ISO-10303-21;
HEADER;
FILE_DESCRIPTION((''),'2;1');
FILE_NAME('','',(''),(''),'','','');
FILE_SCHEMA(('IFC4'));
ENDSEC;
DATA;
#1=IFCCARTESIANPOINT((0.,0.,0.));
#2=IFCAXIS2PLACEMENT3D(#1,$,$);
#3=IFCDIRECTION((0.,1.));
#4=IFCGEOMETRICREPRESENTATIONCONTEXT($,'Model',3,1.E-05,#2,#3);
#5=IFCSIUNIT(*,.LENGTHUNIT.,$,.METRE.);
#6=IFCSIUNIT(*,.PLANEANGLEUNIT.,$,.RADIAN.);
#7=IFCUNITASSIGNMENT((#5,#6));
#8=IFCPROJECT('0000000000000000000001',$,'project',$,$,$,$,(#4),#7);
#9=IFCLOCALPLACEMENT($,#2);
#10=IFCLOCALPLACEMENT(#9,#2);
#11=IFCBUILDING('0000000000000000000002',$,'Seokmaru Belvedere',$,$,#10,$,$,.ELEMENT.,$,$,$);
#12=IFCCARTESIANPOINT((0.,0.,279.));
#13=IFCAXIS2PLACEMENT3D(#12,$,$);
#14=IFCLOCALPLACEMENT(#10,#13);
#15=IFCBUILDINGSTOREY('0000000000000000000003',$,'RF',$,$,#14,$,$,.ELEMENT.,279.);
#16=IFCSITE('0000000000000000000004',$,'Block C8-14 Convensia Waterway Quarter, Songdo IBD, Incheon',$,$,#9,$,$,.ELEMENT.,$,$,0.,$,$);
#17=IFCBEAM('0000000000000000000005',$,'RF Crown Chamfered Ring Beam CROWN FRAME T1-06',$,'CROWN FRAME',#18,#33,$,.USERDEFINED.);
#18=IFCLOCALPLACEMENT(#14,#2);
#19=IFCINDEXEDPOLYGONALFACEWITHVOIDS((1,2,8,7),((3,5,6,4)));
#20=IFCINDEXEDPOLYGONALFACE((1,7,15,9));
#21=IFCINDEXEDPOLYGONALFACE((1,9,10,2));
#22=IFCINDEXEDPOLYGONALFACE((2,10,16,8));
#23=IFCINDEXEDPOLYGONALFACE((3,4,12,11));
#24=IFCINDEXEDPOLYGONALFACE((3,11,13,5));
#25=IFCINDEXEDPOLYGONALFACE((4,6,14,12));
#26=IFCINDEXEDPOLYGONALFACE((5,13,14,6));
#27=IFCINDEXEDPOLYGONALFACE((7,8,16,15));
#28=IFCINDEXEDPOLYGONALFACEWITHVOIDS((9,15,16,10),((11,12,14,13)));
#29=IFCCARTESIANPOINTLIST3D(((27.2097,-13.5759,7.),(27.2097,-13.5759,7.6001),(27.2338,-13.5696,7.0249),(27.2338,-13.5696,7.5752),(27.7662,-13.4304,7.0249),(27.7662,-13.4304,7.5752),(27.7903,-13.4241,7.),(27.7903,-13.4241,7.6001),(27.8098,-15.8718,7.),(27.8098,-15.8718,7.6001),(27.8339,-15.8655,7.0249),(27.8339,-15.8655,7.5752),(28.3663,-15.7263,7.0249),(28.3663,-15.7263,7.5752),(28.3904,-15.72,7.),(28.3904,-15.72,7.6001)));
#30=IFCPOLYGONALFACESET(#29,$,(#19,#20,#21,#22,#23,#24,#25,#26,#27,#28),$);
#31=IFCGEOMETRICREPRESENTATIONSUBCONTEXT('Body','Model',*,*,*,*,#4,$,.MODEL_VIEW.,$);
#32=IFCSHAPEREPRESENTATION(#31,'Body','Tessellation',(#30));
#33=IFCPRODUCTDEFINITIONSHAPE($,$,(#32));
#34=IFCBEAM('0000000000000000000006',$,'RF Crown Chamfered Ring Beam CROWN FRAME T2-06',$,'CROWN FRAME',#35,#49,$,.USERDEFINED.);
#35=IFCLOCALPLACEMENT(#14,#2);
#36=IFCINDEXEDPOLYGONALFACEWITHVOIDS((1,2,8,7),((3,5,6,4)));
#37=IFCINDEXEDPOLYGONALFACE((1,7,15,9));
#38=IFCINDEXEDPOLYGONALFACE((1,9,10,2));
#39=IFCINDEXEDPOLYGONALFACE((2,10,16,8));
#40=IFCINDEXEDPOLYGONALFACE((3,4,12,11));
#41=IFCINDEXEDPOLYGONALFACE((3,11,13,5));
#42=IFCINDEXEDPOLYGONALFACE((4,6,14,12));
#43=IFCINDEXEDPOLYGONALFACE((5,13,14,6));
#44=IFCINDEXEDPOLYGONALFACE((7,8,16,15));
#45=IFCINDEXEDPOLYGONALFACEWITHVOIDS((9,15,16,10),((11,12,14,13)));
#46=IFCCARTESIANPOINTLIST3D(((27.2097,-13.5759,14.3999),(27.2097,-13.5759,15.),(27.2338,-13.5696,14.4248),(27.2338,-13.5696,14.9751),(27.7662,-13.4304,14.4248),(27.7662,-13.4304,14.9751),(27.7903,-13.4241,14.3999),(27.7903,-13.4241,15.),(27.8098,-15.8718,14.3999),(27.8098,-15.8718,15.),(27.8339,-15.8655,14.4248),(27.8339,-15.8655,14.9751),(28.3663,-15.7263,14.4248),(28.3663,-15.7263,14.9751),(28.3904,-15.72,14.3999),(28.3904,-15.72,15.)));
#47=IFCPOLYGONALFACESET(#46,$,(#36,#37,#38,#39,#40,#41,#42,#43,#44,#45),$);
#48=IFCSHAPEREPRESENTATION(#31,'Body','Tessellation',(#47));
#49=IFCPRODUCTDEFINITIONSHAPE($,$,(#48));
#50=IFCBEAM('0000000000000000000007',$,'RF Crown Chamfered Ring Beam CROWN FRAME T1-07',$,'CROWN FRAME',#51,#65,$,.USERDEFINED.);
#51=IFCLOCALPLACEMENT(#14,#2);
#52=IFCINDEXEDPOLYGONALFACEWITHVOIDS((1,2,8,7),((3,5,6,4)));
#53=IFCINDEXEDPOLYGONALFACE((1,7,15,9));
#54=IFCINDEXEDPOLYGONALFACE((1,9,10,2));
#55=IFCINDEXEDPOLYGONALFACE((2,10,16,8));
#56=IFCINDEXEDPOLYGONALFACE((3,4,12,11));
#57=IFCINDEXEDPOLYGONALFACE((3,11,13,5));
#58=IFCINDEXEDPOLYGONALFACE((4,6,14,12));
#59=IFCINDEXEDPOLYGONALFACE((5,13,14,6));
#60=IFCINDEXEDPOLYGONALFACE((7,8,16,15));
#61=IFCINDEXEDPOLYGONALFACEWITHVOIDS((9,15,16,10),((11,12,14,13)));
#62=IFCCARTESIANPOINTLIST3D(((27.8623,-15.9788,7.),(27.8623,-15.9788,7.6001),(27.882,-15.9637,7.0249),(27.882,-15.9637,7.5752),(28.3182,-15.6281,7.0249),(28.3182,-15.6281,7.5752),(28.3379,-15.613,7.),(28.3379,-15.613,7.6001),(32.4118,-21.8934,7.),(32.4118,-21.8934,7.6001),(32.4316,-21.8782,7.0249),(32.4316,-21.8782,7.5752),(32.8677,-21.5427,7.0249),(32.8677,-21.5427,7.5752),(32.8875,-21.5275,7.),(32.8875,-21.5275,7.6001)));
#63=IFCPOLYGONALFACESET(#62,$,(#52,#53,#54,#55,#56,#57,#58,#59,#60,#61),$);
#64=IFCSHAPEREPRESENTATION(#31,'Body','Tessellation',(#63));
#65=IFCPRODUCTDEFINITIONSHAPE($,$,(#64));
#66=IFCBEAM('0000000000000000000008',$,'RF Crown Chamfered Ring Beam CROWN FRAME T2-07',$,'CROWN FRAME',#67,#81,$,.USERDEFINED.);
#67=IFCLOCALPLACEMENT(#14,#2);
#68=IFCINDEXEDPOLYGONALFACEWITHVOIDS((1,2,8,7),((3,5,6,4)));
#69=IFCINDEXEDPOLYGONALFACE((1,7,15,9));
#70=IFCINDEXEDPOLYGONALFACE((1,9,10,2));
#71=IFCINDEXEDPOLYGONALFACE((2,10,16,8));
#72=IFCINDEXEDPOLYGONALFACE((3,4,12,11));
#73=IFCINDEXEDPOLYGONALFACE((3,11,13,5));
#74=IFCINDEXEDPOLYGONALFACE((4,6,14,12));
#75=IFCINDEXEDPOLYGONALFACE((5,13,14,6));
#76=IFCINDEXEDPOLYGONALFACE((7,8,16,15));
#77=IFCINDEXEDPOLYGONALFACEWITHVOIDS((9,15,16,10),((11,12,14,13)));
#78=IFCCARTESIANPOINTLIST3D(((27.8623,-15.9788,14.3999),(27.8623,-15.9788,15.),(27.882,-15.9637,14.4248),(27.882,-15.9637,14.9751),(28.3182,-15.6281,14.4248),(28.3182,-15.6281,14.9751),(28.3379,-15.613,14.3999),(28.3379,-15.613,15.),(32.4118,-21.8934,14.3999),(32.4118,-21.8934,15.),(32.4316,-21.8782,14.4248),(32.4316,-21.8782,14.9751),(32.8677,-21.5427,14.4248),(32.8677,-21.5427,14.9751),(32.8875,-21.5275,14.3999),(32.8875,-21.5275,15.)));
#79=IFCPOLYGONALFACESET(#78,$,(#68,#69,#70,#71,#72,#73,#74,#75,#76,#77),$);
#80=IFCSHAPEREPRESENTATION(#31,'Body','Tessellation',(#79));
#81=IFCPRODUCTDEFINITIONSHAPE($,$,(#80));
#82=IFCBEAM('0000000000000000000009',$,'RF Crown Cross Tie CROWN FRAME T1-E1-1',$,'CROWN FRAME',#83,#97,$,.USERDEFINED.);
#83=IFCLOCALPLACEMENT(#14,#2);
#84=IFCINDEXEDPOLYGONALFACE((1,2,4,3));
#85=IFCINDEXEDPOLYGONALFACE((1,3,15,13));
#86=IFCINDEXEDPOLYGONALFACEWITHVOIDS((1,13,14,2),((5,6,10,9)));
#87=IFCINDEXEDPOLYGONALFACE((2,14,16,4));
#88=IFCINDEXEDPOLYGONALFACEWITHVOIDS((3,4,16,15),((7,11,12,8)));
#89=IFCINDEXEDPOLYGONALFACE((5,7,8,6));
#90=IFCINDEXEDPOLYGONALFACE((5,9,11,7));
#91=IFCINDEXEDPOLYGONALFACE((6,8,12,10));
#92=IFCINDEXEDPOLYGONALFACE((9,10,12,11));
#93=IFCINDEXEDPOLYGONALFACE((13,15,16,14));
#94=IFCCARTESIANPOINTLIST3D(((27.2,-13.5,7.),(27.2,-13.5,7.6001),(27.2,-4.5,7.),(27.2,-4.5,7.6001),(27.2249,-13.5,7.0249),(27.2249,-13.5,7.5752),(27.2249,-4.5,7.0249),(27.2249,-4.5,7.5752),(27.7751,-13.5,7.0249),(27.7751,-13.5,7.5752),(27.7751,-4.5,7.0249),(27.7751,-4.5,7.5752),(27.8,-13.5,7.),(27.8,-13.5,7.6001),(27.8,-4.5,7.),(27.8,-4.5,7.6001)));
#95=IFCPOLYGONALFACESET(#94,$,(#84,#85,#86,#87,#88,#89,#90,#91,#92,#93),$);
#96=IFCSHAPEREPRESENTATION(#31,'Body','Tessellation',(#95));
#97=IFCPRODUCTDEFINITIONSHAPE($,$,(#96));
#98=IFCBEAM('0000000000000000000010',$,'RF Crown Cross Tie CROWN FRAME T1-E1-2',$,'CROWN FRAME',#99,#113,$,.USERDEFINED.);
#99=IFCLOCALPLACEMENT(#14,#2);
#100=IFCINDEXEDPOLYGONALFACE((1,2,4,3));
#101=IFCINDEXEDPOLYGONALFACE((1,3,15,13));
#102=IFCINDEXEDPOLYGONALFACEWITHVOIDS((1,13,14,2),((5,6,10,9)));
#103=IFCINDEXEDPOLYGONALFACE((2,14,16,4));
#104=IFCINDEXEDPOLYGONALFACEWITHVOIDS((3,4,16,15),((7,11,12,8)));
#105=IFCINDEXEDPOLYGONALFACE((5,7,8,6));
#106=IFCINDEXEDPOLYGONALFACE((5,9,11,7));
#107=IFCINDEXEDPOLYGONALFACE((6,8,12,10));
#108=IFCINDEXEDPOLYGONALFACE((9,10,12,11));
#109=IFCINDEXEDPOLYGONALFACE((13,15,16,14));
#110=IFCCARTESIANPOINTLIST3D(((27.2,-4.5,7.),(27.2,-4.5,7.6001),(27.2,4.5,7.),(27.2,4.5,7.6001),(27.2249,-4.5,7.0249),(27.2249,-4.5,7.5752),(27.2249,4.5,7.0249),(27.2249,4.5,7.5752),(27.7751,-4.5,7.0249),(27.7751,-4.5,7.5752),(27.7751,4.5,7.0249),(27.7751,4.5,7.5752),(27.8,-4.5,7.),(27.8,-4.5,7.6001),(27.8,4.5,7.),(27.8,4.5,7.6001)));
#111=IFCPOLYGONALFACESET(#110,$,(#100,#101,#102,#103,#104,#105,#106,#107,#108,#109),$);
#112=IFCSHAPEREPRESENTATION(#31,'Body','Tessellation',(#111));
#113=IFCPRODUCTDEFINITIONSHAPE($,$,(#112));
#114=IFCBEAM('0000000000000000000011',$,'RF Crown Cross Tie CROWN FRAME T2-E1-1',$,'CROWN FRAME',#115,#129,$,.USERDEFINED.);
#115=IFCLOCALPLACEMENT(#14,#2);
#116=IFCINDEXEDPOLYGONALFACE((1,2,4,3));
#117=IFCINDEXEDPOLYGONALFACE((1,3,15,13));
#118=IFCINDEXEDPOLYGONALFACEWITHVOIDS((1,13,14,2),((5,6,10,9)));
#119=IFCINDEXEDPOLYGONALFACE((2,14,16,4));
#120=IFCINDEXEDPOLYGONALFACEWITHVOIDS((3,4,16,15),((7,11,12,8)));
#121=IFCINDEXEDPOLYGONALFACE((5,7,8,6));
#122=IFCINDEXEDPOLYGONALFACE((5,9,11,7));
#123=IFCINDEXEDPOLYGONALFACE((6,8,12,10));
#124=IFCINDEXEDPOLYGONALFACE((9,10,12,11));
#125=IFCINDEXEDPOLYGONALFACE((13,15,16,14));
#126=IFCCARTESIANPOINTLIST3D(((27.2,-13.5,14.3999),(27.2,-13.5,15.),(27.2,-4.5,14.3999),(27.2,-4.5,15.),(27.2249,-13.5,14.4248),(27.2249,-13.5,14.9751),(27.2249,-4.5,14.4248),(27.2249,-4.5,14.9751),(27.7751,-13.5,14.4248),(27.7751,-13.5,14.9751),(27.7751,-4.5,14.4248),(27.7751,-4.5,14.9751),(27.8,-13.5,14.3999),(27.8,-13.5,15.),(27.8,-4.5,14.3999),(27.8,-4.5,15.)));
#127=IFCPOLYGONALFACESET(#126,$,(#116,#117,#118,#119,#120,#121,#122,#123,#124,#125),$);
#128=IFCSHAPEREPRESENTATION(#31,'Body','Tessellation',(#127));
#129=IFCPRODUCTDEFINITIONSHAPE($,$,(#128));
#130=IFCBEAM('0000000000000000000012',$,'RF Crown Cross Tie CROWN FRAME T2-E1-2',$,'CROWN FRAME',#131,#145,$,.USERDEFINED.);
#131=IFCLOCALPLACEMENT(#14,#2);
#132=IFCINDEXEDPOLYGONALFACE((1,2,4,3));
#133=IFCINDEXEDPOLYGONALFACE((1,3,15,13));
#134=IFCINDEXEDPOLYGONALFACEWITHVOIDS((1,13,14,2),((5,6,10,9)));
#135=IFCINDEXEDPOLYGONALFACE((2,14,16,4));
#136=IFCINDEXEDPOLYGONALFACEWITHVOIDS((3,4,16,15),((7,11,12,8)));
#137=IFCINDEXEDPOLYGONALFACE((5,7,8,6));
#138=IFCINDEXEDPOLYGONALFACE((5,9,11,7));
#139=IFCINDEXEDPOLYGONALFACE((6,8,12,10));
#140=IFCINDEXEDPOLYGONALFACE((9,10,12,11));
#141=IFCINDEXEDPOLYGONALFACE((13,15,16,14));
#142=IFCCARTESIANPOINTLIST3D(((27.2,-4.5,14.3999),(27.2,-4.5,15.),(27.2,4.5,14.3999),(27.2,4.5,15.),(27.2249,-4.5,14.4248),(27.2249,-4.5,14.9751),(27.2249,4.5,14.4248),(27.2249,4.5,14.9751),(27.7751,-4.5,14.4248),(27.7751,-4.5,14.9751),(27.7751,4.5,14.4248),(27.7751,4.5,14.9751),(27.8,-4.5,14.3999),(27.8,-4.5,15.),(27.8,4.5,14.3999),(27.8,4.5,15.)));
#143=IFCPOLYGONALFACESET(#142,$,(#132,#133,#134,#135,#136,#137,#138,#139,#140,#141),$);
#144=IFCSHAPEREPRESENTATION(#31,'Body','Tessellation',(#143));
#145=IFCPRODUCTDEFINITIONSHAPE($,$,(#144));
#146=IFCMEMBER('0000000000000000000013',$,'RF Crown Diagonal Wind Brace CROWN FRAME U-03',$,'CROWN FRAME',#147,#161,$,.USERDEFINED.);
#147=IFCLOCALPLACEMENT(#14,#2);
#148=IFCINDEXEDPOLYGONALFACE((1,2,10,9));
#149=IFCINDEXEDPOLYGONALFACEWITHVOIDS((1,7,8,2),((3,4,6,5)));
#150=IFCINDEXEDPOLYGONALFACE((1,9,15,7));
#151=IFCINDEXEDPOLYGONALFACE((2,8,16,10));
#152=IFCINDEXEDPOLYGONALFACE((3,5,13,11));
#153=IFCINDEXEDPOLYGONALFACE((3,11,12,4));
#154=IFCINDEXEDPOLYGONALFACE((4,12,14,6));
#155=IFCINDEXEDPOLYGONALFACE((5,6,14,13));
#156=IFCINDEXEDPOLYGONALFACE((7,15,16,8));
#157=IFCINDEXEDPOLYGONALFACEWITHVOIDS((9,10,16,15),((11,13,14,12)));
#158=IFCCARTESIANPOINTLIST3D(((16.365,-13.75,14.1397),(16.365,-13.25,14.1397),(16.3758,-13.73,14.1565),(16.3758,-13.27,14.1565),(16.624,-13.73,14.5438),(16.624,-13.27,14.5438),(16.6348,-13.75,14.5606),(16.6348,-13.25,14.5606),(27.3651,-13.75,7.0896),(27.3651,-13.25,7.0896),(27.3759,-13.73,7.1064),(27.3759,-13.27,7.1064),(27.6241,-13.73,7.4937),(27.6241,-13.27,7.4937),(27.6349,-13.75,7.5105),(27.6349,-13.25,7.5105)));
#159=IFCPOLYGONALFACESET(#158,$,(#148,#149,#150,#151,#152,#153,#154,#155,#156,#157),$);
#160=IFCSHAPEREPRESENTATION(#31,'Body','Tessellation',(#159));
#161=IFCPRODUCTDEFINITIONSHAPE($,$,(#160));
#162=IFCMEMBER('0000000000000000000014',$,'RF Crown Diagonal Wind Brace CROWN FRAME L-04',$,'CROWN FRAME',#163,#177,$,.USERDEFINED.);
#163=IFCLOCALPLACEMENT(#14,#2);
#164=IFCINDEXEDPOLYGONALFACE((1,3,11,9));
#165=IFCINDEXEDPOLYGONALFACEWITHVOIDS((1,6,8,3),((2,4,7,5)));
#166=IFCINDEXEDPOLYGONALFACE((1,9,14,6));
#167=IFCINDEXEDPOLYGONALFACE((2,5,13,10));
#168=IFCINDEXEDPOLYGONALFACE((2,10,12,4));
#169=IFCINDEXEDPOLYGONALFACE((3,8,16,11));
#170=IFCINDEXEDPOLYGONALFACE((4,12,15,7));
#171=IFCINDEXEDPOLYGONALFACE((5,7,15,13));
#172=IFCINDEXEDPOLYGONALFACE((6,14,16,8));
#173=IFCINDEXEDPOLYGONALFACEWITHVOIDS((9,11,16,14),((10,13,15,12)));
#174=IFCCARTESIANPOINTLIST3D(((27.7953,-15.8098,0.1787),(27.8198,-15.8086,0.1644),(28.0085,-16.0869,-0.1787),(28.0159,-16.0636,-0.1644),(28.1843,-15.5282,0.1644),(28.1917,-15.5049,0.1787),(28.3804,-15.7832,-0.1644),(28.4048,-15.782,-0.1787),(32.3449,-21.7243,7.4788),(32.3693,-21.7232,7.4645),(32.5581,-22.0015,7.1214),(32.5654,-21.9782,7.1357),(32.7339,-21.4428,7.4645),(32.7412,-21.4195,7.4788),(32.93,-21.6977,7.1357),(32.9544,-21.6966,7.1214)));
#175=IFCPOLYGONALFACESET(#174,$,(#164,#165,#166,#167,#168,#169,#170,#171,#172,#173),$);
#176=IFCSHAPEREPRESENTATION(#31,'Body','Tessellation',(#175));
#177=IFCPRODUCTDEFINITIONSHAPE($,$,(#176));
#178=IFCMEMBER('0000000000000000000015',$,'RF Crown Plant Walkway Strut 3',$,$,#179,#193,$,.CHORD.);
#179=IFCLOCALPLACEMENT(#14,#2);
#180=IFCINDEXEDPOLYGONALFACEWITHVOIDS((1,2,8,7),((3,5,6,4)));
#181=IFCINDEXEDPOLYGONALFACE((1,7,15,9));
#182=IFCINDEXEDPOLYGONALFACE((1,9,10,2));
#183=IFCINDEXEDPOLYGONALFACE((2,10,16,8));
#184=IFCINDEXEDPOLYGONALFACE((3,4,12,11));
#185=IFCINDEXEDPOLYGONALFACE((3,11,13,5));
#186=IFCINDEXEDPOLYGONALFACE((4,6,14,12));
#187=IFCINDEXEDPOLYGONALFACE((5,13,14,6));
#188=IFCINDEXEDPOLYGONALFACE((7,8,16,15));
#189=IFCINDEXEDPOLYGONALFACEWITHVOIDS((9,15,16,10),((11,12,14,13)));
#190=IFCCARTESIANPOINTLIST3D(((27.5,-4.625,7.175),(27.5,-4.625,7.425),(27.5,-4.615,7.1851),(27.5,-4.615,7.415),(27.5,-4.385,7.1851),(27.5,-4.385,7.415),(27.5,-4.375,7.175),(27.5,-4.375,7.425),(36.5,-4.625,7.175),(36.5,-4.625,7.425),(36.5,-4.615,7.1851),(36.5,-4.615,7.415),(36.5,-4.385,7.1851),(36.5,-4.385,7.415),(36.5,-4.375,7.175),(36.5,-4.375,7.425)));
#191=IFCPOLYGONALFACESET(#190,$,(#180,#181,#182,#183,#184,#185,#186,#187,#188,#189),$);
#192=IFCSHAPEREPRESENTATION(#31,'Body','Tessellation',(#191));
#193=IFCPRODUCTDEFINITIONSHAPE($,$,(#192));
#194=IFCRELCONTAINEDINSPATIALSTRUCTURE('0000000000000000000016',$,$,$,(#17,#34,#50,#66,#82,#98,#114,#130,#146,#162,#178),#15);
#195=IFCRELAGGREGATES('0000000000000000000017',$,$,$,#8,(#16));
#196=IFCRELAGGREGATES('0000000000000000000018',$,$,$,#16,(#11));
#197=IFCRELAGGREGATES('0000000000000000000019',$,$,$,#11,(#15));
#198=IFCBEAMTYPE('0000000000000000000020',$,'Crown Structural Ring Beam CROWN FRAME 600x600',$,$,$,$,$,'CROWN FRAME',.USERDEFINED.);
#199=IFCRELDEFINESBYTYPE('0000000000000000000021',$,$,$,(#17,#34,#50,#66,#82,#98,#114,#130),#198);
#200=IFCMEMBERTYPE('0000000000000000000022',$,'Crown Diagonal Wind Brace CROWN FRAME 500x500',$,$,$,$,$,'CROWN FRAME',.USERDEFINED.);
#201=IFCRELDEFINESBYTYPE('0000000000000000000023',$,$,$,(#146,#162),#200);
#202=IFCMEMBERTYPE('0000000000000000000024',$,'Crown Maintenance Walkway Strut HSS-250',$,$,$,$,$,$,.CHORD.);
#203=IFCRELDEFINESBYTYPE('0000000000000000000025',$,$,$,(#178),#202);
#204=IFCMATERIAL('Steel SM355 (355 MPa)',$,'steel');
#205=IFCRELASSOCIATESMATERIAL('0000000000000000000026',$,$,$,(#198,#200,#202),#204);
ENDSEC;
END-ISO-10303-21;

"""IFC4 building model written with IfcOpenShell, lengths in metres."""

from ifc_helpers import new_model, si_unit, direction, frame, origin, origin_2d, place, context, subcontext, project, spatial, hollow_rectangle, extrude, source, transform, mapped, material, material_profile, profile_set, type_object, type_shapes, element, save


model = new_model("IFC4")

# Units and contexts
model_context = context("Model", 3, precision=1e-05, world=origin(), true_north=direction((0.0, 1.0)))
body_context = subcontext(model_context, "Body", "Model", "MODEL_VIEW")
ifc_project = project(units=[si_unit("LENGTHUNIT", "METRE"), si_unit("PLANEANGLEUNIT", "RADIAN")], contexts=[model_context])

# Site, building, storey
site_placement = place(None, origin())
site = spatial("IfcSite", under=ifc_project, at=site_placement, Name="Block C8-14 Convensia Waterway Quarter, Songdo IBD, Incheon", CompositionType="ELEMENT", RefElevation=0.0)
building_placement = place(site_placement, origin())
building = spatial("IfcBuilding", under=site, at=building_placement, Name="Seokmaru Belvedere", CompositionType="ELEMENT")
storey_placement = place(building_placement, frame((0.0, 0.0, 279.0)))
storey = spatial("IfcBuildingStorey", under=building, at=storey_placement, Name="RF", CompositionType="ELEMENT", Elevation=279.0)

# Shared definitions
ifc_material_1 = material(Name="Steel SM355 (355 MPa)", Category="steel")

# Beams
ifc_material_profile_1 = material_profile(ifc_material_1, hollow_rectangle(XDim=0.6001, YDim=0.6001, WallThickness=0.0249, at=origin_2d()), Name="HSS-600x600x25")
ifc_profile_set_1 = profile_set([ifc_material_profile_1], Name="Steel SM355 (355 MPa)")
beam_type_1 = type_object("IfcBeamType", Name="Crown Structural Ring Beam CROWN FRAME 600x600", ElementType="CROWN FRAME", PredefinedType="USERDEFINED", material=ifc_profile_set_1)
shared_shape_1 = source(origin(), body_context, "Body", "SweptSolid", [
    extrude(hollow_rectangle(XDim=0.6001, YDim=0.6001, WallThickness=0.0249, at=origin_2d()), origin(), (0.0, 0.0, 1.0), 2.373),
])
for number, where, z_axis, x_axis, name in (
    (1, (27.5, -13.5, 7.3), (0.252883, -0.967497, 0.0), (0.967497, 0.252883, 0.0), "RF Crown Chamfered Ring Beam CROWN FRAME T1-06"),
    (2, (27.5, -13.5, 14.7), (0.252883, -0.967497, 0.0), (0.967497, 0.252883, 0.0), "RF Crown Chamfered Ring Beam CROWN FRAME T2-06"),
):
    element("IfcBeam", number, at=place(storey_placement, frame(where, z_axis=z_axis, x_axis=x_axis)), inside=storey, type_object=beam_type_1, Name=name, ObjectType="CROWN FRAME", PredefinedType="USERDEFINED", context=body_context, shape_type="MappedRepresentation", body=[
        mapped(shared_shape_1, transform((0.0, 0.0, 0.0), scale=1.0)),
    ])
shared_shape_2 = source(origin(), body_context, "Body", "SweptSolid", [
    extrude(hollow_rectangle(XDim=0.6001, YDim=0.6001, WallThickness=0.0249, at=origin_2d()), origin(), (0.0, 0.0, 1.0), 7.4619),
])
for number, where, z_axis, x_axis, name in (
    (3, (28.1001, -15.7959, 7.3), (0.609703, -0.79263, 0.0), (0.79263, 0.609703, 0.0), "RF Crown Chamfered Ring Beam CROWN FRAME T1-07"),
    (4, (28.1001, -15.7959, 14.7), (0.609703, -0.79263, 0.0), (0.79263, 0.609703, 0.0), "RF Crown Chamfered Ring Beam CROWN FRAME T2-07"),
):
    element("IfcBeam", number, at=place(storey_placement, frame(where, z_axis=z_axis, x_axis=x_axis)), inside=storey, type_object=beam_type_1, Name=name, ObjectType="CROWN FRAME", PredefinedType="USERDEFINED", context=body_context, shape_type="MappedRepresentation", body=[
        mapped(shared_shape_2, transform((0.0, 0.0, 0.0), scale=1.0)),
    ])
shared_shape_3 = source(origin(), body_context, "Body", "SweptSolid", [
    extrude(hollow_rectangle(XDim=0.6001, YDim=0.6001, WallThickness=0.0249, at=origin_2d()), origin(), (0.0, 0.0, 1.0), 9.0),
])
type_shapes(beam_type_1, [shared_shape_1, shared_shape_2, shared_shape_3])
for number, where, z_axis, x_axis, name in (
    (5, (27.5, -13.5, 7.3), (0.0, 1.0, 0.0), (-1.0, 0.0, 0.0), "RF Crown Cross Tie CROWN FRAME T1-E1-1"),
    (6, (27.5, -4.5, 7.3), (0.0, 1.0, 0.0), (-1.0, 0.0, 0.0), "RF Crown Cross Tie CROWN FRAME T1-E1-2"),
    (7, (27.5, -13.5, 14.7), (0.0, 1.0, 0.0), (-1.0, 0.0, 0.0), "RF Crown Cross Tie CROWN FRAME T2-E1-1"),
    (8, (27.5, -4.5, 14.7), (0.0, 1.0, 0.0), (-1.0, 0.0, 0.0), "RF Crown Cross Tie CROWN FRAME T2-E1-2"),
):
    element("IfcBeam", number, at=place(storey_placement, frame(where, z_axis=z_axis, x_axis=x_axis)), inside=storey, type_object=beam_type_1, Name=name, ObjectType="CROWN FRAME", PredefinedType="USERDEFINED", context=body_context, shape_type="MappedRepresentation", body=[
        mapped(shared_shape_3, transform((0.0, 0.0, 0.0), scale=1.0)),
    ])

# Members
ifc_material_profile_2 = material_profile(ifc_material_1, hollow_rectangle(XDim=0.5, YDim=0.5, WallThickness=0.02, at=origin_2d()), Name="HSS-500x500x20")
ifc_profile_set_2 = profile_set([ifc_material_profile_2], Name="Steel SM355 (355 MPa)")
member_type_1 = type_object("IfcMemberType", Name="Crown Diagonal Wind Brace CROWN FRAME 500x500", ElementType="CROWN FRAME", PredefinedType="USERDEFINED", material=ifc_profile_set_2)
shared_shape_4 = source(origin(), body_context, "Body", "SweptSolid", [
    extrude(hollow_rectangle(XDim=0.5, YDim=0.5, WallThickness=0.02, at=origin_2d()), origin(), (0.0, 0.0, 1.0), 13.0654),
])
member_1_placement = place(storey_placement, frame((27.5, -13.5, 7.3), z_axis=(-0.841922, 0.0, 0.539599), x_axis=(0.0, -1.0, 0.0)))
element("IfcMember", 9, at=member_1_placement, inside=storey, type_object=member_type_1, Name="RF Crown Diagonal Wind Brace CROWN FRAME U-03", ObjectType="CROWN FRAME", PredefinedType="USERDEFINED", context=body_context, shape_type="MappedRepresentation", body=[
    mapped(shared_shape_4, transform((0.0, 0.0, 0.0), scale=1.0)),
])
shared_shape_5 = source(origin(), body_context, "Body", "SweptSolid", [
    extrude(hollow_rectangle(XDim=0.5, YDim=0.5, WallThickness=0.02, at=origin_2d()), origin(), (0.0, 0.0, 1.0), 10.439),
])
type_shapes(member_type_1, [shared_shape_4, shared_shape_5])
member_2_placement = place(storey_placement, frame((28.1001, -15.7959, 0.0), z_axis=(0.435827, -0.566586, 0.69931), x_axis=(0.79263, 0.609703, 0.0)))
element("IfcMember", 10, at=member_2_placement, inside=storey, type_object=member_type_1, Name="RF Crown Diagonal Wind Brace CROWN FRAME L-04", ObjectType="CROWN FRAME", PredefinedType="USERDEFINED", context=body_context, shape_type="MappedRepresentation", body=[
    mapped(shared_shape_5, transform((0.0, 0.0, 0.0), scale=1.0)),
])
ifc_material_profile_3 = material_profile(ifc_material_1, hollow_rectangle(XDim=0.25, YDim=0.25, WallThickness=0.01, at=origin_2d()), Name="HSS-250x250x10")
ifc_profile_set_3 = profile_set([ifc_material_profile_3], Name="Steel SM355 (355 MPa)")
member_type_2 = type_object("IfcMemberType", Name="Crown Maintenance Walkway Strut HSS-250", PredefinedType="CHORD", material=ifc_profile_set_3)
shared_shape_6 = source(origin(), body_context, "Body", "SweptSolid", [
    extrude(hollow_rectangle(XDim=0.25, YDim=0.25, WallThickness=0.01, at=origin_2d()), origin(), (0.0, 0.0, 1.0), 9.0),
])
type_shapes(member_type_2, [shared_shape_6])
member_3_placement = place(storey_placement, frame((27.5, -4.5, 7.3), z_axis=(1.0, 0.0, 0.0), x_axis=(0.0, 1.0, 0.0)))
element("IfcMember", 11, at=member_3_placement, inside=storey, type_object=member_type_2, Name="RF Crown Plant Walkway Strut 3", PredefinedType="CHORD", context=body_context, shape_type="MappedRepresentation", body=[
    mapped(shared_shape_6, transform((0.0, 0.0, 0.0), scale=1.0)),
])

save(model, "model.ifc")
